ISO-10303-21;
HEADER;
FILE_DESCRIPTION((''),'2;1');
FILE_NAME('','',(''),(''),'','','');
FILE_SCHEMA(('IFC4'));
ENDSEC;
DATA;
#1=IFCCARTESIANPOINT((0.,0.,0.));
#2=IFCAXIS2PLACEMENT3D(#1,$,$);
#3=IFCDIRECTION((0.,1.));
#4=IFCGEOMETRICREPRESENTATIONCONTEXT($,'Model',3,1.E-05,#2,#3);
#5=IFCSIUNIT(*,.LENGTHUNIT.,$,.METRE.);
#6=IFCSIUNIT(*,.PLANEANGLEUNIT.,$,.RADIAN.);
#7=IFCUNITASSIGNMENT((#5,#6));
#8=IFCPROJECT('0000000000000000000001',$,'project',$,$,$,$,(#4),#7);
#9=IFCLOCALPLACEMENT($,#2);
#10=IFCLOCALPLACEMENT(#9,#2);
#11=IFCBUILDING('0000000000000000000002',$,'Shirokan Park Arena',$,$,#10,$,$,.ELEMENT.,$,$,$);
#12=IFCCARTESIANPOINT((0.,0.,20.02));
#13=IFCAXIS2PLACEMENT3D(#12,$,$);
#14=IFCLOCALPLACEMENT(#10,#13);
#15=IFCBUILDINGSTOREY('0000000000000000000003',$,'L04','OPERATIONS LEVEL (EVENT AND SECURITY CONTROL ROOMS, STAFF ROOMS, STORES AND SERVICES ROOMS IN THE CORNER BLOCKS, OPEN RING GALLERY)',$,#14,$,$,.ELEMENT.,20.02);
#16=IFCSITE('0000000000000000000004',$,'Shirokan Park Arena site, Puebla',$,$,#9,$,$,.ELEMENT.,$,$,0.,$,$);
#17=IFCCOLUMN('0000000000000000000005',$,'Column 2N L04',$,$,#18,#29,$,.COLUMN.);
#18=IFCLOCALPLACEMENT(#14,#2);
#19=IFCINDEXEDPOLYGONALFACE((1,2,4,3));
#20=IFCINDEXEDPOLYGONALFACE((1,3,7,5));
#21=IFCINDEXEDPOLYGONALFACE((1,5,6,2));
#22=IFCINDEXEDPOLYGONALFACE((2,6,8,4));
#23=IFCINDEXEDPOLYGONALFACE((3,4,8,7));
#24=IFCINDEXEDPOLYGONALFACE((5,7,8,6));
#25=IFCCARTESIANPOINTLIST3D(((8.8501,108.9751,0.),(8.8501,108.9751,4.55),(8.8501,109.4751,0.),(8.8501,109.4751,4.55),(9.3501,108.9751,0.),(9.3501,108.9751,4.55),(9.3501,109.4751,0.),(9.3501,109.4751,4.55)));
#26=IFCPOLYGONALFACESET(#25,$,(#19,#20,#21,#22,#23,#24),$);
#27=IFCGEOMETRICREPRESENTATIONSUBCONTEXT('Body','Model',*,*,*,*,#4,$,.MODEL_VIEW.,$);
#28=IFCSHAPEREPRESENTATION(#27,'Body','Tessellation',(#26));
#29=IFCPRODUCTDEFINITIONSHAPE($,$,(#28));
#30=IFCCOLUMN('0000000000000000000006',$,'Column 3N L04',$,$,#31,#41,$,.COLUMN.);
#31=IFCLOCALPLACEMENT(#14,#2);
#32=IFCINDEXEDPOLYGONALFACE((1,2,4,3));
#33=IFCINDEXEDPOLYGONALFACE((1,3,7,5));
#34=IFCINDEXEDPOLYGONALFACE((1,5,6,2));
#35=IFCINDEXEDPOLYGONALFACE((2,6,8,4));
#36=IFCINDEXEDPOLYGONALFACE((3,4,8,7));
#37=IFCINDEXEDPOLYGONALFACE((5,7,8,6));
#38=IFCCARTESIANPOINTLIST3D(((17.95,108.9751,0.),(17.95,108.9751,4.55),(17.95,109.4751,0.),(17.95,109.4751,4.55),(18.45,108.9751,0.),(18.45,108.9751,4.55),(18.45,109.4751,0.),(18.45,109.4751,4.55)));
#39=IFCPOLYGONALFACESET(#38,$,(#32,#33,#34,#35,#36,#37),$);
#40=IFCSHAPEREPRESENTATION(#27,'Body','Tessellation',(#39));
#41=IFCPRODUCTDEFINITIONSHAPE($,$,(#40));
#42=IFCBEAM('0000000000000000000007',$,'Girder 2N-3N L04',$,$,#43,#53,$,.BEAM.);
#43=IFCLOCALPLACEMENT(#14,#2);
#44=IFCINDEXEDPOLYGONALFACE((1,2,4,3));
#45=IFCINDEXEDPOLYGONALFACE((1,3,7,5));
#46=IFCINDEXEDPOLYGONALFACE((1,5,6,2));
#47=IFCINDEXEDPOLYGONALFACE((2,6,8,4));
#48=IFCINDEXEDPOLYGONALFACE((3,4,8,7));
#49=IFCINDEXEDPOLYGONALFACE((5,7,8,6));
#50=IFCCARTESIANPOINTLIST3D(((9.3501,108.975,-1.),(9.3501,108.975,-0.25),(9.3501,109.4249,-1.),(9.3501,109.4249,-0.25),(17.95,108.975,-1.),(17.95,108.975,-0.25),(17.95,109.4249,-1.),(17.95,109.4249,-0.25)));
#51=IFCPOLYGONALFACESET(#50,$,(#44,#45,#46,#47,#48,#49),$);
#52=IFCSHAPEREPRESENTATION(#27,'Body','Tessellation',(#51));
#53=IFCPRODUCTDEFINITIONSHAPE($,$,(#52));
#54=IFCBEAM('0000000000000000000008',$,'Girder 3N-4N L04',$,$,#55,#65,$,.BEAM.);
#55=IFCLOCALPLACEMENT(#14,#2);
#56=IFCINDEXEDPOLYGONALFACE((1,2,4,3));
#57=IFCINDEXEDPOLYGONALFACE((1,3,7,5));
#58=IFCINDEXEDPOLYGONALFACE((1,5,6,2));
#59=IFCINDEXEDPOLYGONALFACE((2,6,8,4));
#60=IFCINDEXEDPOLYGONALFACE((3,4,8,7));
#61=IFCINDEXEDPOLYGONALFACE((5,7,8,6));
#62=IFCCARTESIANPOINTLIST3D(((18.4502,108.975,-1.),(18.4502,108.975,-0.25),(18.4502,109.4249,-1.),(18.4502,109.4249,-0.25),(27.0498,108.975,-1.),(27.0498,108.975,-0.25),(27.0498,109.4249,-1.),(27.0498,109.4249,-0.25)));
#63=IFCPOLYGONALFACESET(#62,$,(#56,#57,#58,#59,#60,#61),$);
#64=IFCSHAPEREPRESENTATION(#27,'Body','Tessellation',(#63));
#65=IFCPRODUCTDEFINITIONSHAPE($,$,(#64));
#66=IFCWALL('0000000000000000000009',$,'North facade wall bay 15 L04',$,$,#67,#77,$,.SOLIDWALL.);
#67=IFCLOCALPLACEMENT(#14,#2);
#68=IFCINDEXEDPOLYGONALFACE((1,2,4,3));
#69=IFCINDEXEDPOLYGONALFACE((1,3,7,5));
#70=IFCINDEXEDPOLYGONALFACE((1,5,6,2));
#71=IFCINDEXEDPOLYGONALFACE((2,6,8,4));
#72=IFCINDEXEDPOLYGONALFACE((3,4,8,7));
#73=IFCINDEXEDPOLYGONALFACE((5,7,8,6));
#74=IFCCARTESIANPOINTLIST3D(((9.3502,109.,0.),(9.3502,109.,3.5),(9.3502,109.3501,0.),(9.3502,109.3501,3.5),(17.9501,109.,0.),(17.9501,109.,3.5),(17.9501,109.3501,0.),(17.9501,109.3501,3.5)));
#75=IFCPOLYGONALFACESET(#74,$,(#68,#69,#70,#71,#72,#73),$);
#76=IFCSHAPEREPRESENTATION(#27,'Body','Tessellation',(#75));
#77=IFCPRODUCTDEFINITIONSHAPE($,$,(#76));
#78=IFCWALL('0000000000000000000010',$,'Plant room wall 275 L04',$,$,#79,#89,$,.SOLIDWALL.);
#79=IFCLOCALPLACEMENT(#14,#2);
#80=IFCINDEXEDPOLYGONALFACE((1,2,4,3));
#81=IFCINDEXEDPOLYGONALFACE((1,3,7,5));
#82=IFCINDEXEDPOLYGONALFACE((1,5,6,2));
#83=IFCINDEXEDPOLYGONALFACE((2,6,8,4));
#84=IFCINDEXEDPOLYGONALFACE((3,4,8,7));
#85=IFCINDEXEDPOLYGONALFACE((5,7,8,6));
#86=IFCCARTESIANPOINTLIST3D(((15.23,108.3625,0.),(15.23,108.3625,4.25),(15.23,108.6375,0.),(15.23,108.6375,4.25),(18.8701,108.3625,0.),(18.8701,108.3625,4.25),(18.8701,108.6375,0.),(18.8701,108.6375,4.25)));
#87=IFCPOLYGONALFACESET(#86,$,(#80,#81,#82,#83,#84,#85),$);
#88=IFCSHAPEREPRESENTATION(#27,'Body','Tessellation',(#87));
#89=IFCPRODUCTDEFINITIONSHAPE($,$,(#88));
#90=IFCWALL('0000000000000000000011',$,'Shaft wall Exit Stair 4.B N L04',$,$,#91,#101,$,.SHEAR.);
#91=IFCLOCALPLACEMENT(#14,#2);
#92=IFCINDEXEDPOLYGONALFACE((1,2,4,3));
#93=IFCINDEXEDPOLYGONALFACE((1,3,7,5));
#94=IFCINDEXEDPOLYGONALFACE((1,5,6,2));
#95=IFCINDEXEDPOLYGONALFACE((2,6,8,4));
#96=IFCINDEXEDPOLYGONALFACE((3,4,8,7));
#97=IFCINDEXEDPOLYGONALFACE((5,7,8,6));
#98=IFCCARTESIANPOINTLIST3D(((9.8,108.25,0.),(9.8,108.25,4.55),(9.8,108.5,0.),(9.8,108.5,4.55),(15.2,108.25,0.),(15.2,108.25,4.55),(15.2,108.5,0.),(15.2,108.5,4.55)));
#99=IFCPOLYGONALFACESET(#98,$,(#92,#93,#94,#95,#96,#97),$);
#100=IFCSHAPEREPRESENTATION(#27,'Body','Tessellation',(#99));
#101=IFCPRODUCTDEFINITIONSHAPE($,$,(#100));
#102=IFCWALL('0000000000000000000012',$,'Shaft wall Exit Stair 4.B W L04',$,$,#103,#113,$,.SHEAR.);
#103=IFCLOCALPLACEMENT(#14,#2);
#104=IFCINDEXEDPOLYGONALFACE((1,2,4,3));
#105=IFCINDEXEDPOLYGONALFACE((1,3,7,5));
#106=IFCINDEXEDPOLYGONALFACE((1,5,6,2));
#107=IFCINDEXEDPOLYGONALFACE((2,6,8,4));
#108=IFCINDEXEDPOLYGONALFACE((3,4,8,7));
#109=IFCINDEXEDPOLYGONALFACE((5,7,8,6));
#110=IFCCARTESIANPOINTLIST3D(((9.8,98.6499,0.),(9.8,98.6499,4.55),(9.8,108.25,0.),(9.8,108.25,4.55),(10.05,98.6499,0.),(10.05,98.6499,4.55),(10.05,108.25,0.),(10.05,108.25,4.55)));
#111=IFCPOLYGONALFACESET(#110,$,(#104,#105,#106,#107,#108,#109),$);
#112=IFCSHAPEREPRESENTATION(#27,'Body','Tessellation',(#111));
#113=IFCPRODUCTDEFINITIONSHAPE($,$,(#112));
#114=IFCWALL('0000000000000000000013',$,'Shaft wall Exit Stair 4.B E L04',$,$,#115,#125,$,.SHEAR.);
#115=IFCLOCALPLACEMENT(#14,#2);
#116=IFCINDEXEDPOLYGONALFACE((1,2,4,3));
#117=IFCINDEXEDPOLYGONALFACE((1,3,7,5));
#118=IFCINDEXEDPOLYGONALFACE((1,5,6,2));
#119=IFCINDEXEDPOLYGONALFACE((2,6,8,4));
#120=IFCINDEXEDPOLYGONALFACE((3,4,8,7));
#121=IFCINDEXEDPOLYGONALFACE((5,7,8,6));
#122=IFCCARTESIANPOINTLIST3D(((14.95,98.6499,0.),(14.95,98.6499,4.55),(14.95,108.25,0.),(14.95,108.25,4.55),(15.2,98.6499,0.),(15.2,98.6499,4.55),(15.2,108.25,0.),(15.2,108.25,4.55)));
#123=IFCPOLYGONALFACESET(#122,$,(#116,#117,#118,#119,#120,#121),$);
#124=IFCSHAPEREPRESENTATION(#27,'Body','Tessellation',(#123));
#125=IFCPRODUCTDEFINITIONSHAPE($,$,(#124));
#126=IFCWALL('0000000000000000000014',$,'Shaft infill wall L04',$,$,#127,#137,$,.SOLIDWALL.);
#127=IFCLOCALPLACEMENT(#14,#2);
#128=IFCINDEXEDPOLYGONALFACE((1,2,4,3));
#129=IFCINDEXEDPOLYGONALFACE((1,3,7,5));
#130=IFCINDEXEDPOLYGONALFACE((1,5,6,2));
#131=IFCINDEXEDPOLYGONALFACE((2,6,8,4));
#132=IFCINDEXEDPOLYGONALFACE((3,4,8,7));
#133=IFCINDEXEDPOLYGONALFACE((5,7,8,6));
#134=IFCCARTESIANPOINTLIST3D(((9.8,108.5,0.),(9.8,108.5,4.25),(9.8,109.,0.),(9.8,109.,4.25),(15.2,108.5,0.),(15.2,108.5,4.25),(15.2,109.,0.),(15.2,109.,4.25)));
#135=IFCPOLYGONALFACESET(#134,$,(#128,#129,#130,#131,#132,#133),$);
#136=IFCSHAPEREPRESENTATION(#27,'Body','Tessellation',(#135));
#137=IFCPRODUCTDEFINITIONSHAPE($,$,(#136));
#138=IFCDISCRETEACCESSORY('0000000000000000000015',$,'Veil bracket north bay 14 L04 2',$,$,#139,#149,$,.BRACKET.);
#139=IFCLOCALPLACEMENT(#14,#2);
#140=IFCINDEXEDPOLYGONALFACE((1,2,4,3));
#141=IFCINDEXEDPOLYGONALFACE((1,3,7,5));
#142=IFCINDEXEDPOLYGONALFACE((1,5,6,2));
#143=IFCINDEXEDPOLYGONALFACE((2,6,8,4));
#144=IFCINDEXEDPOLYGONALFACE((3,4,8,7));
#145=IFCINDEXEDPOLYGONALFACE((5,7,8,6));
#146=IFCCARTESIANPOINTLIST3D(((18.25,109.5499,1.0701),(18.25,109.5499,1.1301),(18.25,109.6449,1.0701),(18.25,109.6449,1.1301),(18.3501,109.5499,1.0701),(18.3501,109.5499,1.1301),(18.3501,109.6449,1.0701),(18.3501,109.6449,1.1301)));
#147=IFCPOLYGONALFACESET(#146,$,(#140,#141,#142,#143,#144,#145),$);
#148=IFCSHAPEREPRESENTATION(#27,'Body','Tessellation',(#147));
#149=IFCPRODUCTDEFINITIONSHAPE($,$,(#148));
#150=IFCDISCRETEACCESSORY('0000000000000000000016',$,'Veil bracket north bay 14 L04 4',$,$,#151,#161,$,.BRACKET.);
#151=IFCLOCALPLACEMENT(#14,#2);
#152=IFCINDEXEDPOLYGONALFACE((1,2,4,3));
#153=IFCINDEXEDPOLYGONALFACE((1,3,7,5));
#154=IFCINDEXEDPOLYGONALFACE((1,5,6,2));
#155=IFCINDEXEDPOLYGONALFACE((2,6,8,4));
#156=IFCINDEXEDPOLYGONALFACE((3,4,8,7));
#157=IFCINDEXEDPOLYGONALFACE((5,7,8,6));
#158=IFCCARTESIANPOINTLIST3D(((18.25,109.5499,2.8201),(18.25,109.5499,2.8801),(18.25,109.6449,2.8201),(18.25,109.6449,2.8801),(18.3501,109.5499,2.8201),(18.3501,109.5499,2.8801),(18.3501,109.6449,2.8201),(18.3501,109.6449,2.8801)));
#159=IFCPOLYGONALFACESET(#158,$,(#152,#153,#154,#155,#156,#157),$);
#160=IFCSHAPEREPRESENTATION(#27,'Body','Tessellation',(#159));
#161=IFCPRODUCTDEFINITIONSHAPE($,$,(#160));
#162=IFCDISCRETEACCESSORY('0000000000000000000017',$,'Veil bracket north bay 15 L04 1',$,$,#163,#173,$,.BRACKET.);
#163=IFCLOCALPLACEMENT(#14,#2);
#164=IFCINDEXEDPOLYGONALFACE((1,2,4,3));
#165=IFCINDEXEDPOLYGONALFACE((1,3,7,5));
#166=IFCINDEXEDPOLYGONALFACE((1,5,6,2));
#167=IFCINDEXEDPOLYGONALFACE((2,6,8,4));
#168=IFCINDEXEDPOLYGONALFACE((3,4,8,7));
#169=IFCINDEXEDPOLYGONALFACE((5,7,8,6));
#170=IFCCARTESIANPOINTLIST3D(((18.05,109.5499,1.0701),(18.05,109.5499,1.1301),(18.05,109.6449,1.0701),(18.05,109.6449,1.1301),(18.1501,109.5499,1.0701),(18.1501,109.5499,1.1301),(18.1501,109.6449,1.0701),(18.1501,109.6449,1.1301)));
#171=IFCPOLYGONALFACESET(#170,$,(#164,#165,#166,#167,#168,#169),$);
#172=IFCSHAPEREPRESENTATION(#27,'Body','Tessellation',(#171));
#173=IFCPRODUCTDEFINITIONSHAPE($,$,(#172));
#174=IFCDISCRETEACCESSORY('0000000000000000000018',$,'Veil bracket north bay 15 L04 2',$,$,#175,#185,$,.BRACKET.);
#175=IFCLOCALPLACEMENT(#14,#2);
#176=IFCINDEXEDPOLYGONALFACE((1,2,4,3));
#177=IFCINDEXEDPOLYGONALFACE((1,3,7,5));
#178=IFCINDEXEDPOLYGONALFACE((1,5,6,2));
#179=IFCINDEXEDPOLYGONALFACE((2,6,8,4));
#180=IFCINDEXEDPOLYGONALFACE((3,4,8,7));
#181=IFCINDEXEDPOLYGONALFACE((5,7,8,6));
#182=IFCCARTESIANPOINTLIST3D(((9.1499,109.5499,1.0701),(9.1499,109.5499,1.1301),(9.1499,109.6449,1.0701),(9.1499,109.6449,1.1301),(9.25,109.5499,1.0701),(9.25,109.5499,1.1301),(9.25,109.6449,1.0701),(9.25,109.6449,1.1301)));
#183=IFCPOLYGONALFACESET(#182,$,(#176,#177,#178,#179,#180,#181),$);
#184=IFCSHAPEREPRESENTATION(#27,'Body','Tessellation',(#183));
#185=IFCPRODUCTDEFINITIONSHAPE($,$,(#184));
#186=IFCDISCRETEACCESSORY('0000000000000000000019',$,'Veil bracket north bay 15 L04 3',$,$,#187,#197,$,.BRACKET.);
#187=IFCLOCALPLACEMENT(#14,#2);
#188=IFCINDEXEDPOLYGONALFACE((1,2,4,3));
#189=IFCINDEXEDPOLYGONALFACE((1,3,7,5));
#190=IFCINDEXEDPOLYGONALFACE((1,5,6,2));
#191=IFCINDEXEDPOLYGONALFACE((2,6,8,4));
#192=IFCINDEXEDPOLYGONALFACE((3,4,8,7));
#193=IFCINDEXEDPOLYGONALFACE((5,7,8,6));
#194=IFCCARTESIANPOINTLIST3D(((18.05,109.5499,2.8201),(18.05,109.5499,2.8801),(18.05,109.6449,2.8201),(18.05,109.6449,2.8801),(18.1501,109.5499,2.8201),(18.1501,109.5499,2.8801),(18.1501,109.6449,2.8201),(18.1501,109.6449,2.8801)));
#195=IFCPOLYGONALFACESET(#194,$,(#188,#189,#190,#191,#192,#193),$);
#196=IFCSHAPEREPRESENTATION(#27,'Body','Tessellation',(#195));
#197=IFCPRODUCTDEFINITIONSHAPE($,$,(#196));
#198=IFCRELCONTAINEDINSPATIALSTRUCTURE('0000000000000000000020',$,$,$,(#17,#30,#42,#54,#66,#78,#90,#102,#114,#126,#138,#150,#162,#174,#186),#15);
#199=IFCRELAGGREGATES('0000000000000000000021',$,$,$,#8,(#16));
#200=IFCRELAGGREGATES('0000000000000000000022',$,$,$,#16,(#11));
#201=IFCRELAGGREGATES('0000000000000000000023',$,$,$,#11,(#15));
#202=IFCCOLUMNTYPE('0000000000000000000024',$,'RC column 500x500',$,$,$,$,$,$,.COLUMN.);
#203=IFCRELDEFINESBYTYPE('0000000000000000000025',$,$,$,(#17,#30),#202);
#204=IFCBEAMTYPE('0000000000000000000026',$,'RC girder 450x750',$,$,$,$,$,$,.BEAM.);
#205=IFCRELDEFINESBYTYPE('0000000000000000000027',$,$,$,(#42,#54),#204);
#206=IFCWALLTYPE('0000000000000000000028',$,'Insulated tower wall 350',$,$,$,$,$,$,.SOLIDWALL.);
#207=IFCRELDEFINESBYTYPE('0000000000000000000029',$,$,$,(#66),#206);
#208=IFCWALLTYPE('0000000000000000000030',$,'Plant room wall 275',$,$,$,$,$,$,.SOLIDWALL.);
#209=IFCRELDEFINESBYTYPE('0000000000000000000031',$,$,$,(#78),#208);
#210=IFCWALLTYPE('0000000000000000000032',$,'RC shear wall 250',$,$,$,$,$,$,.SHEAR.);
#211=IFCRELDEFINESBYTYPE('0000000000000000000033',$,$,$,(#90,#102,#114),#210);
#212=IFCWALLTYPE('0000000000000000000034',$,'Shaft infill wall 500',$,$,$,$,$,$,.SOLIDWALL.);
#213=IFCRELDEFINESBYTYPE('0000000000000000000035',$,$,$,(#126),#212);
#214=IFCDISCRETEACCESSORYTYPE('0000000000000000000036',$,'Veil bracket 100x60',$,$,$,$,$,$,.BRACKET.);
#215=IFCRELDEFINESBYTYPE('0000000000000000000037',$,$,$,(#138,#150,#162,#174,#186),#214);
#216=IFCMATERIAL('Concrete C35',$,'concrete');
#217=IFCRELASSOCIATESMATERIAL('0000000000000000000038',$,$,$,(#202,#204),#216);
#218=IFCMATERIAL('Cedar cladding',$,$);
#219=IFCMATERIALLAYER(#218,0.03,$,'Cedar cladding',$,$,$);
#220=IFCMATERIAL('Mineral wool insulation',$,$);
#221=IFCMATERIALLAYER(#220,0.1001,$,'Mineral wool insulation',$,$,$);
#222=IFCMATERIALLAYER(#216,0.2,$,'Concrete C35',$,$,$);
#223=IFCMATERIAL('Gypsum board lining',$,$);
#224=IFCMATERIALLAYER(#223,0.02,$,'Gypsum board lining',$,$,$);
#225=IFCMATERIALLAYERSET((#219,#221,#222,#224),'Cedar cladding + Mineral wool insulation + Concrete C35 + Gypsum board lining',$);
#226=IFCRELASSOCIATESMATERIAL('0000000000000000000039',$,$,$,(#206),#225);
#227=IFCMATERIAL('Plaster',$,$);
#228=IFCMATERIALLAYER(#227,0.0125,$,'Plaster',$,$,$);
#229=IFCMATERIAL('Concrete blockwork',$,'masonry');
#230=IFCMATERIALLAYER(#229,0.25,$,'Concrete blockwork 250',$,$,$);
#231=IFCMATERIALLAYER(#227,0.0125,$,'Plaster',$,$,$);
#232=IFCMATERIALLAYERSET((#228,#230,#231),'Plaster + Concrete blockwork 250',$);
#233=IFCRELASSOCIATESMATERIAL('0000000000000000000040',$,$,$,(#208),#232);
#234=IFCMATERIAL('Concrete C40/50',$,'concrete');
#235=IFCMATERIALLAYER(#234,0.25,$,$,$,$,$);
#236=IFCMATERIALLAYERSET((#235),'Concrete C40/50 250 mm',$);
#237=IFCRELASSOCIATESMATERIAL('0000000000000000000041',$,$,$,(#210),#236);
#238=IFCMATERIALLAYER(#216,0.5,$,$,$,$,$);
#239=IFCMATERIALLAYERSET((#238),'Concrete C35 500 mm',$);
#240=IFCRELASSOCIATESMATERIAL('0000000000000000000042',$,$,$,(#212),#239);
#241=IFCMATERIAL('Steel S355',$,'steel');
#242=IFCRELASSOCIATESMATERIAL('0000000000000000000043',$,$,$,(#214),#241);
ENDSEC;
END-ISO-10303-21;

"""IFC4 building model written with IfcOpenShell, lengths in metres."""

from ifc_helpers import new_model, si_unit, direction, frame, frame_2d, origin, origin_2d, place, context, subcontext, project, spatial, rectangle, extrude, material, layer, layer_set, material_profile, profile_set, type_object, element, save


model = new_model("IFC4")

# Units and contexts
model_context = context("Model", 3, precision=1e-05, world=origin(), true_north=direction((0.0, 1.0)))
body_context = subcontext(model_context, "Body", "Model", "MODEL_VIEW")
ifc_project = project(units=[si_unit("LENGTHUNIT", "METRE"), si_unit("PLANEANGLEUNIT", "RADIAN")], contexts=[model_context])

# Site, building, storey
site_placement = place(None, origin())
site = spatial("IfcSite", under=ifc_project, at=site_placement, Name="Shirokan Park Arena site, Puebla", CompositionType="ELEMENT", RefElevation=0.0)
building_placement = place(site_placement, origin())
building = spatial("IfcBuilding", under=site, at=building_placement, Name="Shirokan Park Arena", CompositionType="ELEMENT")
storey_placement = place(building_placement, frame((0.0, 0.0, 20.02)))
storey = spatial("IfcBuildingStorey", under=building, at=storey_placement, Name="L04", Description="OPERATIONS LEVEL (EVENT AND SECURITY CONTROL ROOMS, STAFF ROOMS, STORES AND SERVICES ROOMS IN THE CORNER BLOCKS, OPEN RING GALLERY)", CompositionType="ELEMENT", Elevation=20.02)

# Columns
ifc_material_1 = material(Name="Concrete C35", Category="concrete")
ifc_material_profile_1 = material_profile(ifc_material_1, rectangle(XDim=0.5, YDim=0.5, at=origin_2d()), Name="500x500")
ifc_profile_set_1 = profile_set([ifc_material_profile_1], Name="Concrete C35")
column_type = type_object("IfcColumnType", Name="RC column 500x500", PredefinedType="COLUMN", material=ifc_profile_set_1)
for number, where, z_axis, x_axis, name in (
    (1, (9.1001, 109.2251, 0.0), (0.0, 0.0, 1.0), (1.0, 0.0, 0.0), "Column 2N L04"),
    (2, (18.2, 109.2251, 0.0), (0.0, 0.0, 1.0), (1.0, 0.0, 0.0), "Column 3N L04"),
):
    element("IfcColumn", number, at=place(storey_placement, frame(where, z_axis=z_axis, x_axis=x_axis)), inside=storey, type_object=column_type, Name=name, PredefinedType="COLUMN", context=body_context, shape_type="SweptSolid", body=[
        extrude(rectangle(XDim=0.5, YDim=0.5, at=origin_2d()), origin(), (0.0, 0.0, 1.0), 4.55),
    ])

# Beams
ifc_material_profile_2 = material_profile(ifc_material_1, rectangle(XDim=0.45, YDim=0.75, at=origin_2d()), Name="450x750")
ifc_profile_set_2 = profile_set([ifc_material_profile_2], Name="Concrete C35")
beam_type = type_object("IfcBeamType", Name="RC girder 450x750", PredefinedType="BEAM", material=ifc_profile_set_2)
beam_1_placement = place(storey_placement, frame((9.3501, 109.2, -0.625), z_axis=(1.0, 0.0, 0.0), x_axis=(0.0, 1.0, 0.0)))
element("IfcBeam", 3, at=beam_1_placement, inside=storey, type_object=beam_type, Name="Girder 2N-3N L04", PredefinedType="BEAM", context=body_context, shape_type="SweptSolid", body=[
    extrude(rectangle(XDim=0.45, YDim=0.75, at=origin_2d()), origin(), (0.0, 0.0, 1.0), 8.5999),
])
beam_2_placement = place(storey_placement, frame((18.4502, 109.2, -0.625), z_axis=(1.0, 0.0, 0.0), x_axis=(0.0, 1.0, 0.0)))
element("IfcBeam", 4, at=beam_2_placement, inside=storey, type_object=beam_type, Name="Girder 3N-4N L04", PredefinedType="BEAM", context=body_context, shape_type="SweptSolid", body=[
    extrude(rectangle(XDim=0.45, YDim=0.75, at=origin_2d()), origin(), (0.0, 0.0, 1.0), 8.5996),
])

# Walls
ifc_material_2 = material(Name="Cedar cladding")
ifc_layer_1 = layer(ifc_material_2, 0.03, Name="Cedar cladding")
ifc_material_3 = material(Name="Mineral wool insulation")
ifc_layer_2 = layer(ifc_material_3, 0.1001, Name="Mineral wool insulation")
ifc_layer_3 = layer(ifc_material_1, 0.2, Name="Concrete C35")
ifc_material_4 = material(Name="Gypsum board lining")
ifc_layer_4 = layer(ifc_material_4, 0.02, Name="Gypsum board lining")
ifc_layer_set_1 = layer_set([ifc_layer_1, ifc_layer_2, ifc_layer_3, ifc_layer_4], Name="Cedar cladding + Mineral wool insulation + Concrete C35 + Gypsum board lining")
wall_type_1 = type_object("IfcWallType", Name="Insulated tower wall 350", PredefinedType="SOLIDWALL", material=ifc_layer_set_1)
wall_1_placement = place(storey_placement, frame((17.95, 109.175, 0.0), z_axis=(0.0, 0.0, 1.0), x_axis=(-1.0, 0.0, 0.0)))
element("IfcWall", 5, at=wall_1_placement, inside=storey, type_object=wall_type_1, Name="North facade wall bay 15 L04", PredefinedType="SOLIDWALL", context=body_context, shape_type="SweptSolid", body=[
    extrude(rectangle(XDim=8.5999, YDim=0.3501, at=frame_2d((4.2998, 0.0))), origin(), (0.0, 0.0, 1.0), 3.5),
])
ifc_material_5 = material(Name="Plaster")
ifc_layer_5 = layer(ifc_material_5, 0.0125, Name="Plaster")
ifc_material_6 = material(Name="Concrete blockwork", Category="masonry")
ifc_layer_6 = layer(ifc_material_6, 0.25, Name="Concrete blockwork 250")
ifc_layer_7 = layer(ifc_material_5, 0.0125, Name="Plaster")
ifc_layer_set_2 = layer_set([ifc_layer_5, ifc_layer_6, ifc_layer_7], Name="Plaster + Concrete blockwork 250")
wall_type_2 = type_object("IfcWallType", Name="Plant room wall 275", PredefinedType="SOLIDWALL", material=ifc_layer_set_2)
wall_2_placement = place(storey_placement, frame((15.23, 108.5, 0.0), z_axis=(0.0, 0.0, 1.0), x_axis=(1.0, 0.0, 0.0)))
element("IfcWall", 6, at=wall_2_placement, inside=storey, type_object=wall_type_2, Name="Plant room wall 275 L04", PredefinedType="SOLIDWALL", context=body_context, shape_type="SweptSolid", body=[
    extrude(rectangle(XDim=3.6401, YDim=0.2749, at=frame_2d((1.8201, 0.0))), origin(), (0.0, 0.0, 1.0), 4.25),
])
ifc_material_7 = material(Name="Concrete C40/50", Category="concrete")
ifc_layer_8 = layer(ifc_material_7, 0.25)
ifc_layer_set_3 = layer_set([ifc_layer_8], Name="Concrete C40/50 250 mm")
wall_type_3 = type_object("IfcWallType", Name="RC shear wall 250", PredefinedType="SHEAR", material=ifc_layer_set_3)
wall_3_placement = place(storey_placement, frame((15.2, 108.375, 0.0), z_axis=(0.0, 0.0, 1.0), x_axis=(-1.0, 0.0, 0.0)))
element("IfcWall", 7, at=wall_3_placement, inside=storey, type_object=wall_type_3, Name="Shaft wall Exit Stair 4.B N L04", PredefinedType="SHEAR", context=body_context, shape_type="SweptSolid", body=[
    extrude(rectangle(XDim=5.3999, YDim=0.25, at=frame_2d((2.7, 0.0))), origin(), (0.0, 0.0, 1.0), 4.55),
])
for number, where, z_axis, x_axis, name in (
    (8, (9.925, 108.25, 0.0), (0.0, 0.0, 1.0), (0.0, -1.0, 0.0), "Shaft wall Exit Stair 4.B W L04"),
    (9, (15.075, 108.25, 0.0), (0.0, 0.0, 1.0), (0.0, -1.0, 0.0), "Shaft wall Exit Stair 4.B E L04"),
):
    element("IfcWall", number, at=place(storey_placement, frame(where, z_axis=z_axis, x_axis=x_axis)), inside=storey, type_object=wall_type_3, Name=name, PredefinedType="SHEAR", context=body_context, shape_type="SweptSolid", body=[
        extrude(rectangle(XDim=9.6001, YDim=0.25, at=frame_2d((4.8, 0.0))), origin(), (0.0, 0.0, 1.0), 4.55),
    ])
ifc_layer_9 = layer(ifc_material_1, 0.5)
ifc_layer_set_4 = layer_set([ifc_layer_9], Name="Concrete C35 500 mm")
wall_type_4 = type_object("IfcWallType", Name="Shaft infill wall 500", PredefinedType="SOLIDWALL", material=ifc_layer_set_4)
wall_4_placement = place(storey_placement, frame((9.8, 108.75, 0.0), z_axis=(0.0, 0.0, 1.0), x_axis=(1.0, 0.0, 0.0)))
element("IfcWall", 10, at=wall_4_placement, inside=storey, type_object=wall_type_4, Name="Shaft infill wall L04", PredefinedType="SOLIDWALL", context=body_context, shape_type="SweptSolid", body=[
    extrude(rectangle(XDim=5.3999, YDim=0.5, at=frame_2d((2.7, 0.0))), origin(), (0.0, 0.0, 1.0), 4.25),
])

# Discrete accessories
ifc_material_8 = material(Name="Steel S355", Category="steel")
discrete_accessory_type = type_object("IfcDiscreteAccessoryType", Name="Veil bracket 100x60", PredefinedType="BRACKET", material=ifc_material_8)
for number, where, z_axis, x_axis, name in (
    (11, (18.3, 109.5974, 1.0701), (0.0, 0.0, 1.0), (-1.0, 0.0, 0.0), "Veil bracket north bay 14 L04 2"),
    (12, (18.3, 109.5974, 2.8201), (0.0, 0.0, 1.0), (-1.0, 0.0, 0.0), "Veil bracket north bay 14 L04 4"),
    (13, (18.1001, 109.5974, 1.0701), (0.0, 0.0, 1.0), (-1.0, 0.0, 0.0), "Veil bracket north bay 15 L04 1"),
    (14, (9.2, 109.5974, 1.0701), (0.0, 0.0, 1.0), (-1.0, 0.0, 0.0), "Veil bracket north bay 15 L04 2"),
    (15, (18.1001, 109.5974, 2.8201), (0.0, 0.0, 1.0), (-1.0, 0.0, 0.0), "Veil bracket north bay 15 L04 3"),
):
    element("IfcDiscreteAccessory", number, at=place(storey_placement, frame(where, z_axis=z_axis, x_axis=x_axis)), inside=storey, type_object=discrete_accessory_type, Name=name, PredefinedType="BRACKET", context=body_context, shape_type="SweptSolid", body=[
        extrude(rectangle(XDim=0.1001, YDim=0.095, at=origin_2d()), origin(), (0.0, 0.0, 1.0), 0.0601),
    ])

save(model, "model.ifc")
